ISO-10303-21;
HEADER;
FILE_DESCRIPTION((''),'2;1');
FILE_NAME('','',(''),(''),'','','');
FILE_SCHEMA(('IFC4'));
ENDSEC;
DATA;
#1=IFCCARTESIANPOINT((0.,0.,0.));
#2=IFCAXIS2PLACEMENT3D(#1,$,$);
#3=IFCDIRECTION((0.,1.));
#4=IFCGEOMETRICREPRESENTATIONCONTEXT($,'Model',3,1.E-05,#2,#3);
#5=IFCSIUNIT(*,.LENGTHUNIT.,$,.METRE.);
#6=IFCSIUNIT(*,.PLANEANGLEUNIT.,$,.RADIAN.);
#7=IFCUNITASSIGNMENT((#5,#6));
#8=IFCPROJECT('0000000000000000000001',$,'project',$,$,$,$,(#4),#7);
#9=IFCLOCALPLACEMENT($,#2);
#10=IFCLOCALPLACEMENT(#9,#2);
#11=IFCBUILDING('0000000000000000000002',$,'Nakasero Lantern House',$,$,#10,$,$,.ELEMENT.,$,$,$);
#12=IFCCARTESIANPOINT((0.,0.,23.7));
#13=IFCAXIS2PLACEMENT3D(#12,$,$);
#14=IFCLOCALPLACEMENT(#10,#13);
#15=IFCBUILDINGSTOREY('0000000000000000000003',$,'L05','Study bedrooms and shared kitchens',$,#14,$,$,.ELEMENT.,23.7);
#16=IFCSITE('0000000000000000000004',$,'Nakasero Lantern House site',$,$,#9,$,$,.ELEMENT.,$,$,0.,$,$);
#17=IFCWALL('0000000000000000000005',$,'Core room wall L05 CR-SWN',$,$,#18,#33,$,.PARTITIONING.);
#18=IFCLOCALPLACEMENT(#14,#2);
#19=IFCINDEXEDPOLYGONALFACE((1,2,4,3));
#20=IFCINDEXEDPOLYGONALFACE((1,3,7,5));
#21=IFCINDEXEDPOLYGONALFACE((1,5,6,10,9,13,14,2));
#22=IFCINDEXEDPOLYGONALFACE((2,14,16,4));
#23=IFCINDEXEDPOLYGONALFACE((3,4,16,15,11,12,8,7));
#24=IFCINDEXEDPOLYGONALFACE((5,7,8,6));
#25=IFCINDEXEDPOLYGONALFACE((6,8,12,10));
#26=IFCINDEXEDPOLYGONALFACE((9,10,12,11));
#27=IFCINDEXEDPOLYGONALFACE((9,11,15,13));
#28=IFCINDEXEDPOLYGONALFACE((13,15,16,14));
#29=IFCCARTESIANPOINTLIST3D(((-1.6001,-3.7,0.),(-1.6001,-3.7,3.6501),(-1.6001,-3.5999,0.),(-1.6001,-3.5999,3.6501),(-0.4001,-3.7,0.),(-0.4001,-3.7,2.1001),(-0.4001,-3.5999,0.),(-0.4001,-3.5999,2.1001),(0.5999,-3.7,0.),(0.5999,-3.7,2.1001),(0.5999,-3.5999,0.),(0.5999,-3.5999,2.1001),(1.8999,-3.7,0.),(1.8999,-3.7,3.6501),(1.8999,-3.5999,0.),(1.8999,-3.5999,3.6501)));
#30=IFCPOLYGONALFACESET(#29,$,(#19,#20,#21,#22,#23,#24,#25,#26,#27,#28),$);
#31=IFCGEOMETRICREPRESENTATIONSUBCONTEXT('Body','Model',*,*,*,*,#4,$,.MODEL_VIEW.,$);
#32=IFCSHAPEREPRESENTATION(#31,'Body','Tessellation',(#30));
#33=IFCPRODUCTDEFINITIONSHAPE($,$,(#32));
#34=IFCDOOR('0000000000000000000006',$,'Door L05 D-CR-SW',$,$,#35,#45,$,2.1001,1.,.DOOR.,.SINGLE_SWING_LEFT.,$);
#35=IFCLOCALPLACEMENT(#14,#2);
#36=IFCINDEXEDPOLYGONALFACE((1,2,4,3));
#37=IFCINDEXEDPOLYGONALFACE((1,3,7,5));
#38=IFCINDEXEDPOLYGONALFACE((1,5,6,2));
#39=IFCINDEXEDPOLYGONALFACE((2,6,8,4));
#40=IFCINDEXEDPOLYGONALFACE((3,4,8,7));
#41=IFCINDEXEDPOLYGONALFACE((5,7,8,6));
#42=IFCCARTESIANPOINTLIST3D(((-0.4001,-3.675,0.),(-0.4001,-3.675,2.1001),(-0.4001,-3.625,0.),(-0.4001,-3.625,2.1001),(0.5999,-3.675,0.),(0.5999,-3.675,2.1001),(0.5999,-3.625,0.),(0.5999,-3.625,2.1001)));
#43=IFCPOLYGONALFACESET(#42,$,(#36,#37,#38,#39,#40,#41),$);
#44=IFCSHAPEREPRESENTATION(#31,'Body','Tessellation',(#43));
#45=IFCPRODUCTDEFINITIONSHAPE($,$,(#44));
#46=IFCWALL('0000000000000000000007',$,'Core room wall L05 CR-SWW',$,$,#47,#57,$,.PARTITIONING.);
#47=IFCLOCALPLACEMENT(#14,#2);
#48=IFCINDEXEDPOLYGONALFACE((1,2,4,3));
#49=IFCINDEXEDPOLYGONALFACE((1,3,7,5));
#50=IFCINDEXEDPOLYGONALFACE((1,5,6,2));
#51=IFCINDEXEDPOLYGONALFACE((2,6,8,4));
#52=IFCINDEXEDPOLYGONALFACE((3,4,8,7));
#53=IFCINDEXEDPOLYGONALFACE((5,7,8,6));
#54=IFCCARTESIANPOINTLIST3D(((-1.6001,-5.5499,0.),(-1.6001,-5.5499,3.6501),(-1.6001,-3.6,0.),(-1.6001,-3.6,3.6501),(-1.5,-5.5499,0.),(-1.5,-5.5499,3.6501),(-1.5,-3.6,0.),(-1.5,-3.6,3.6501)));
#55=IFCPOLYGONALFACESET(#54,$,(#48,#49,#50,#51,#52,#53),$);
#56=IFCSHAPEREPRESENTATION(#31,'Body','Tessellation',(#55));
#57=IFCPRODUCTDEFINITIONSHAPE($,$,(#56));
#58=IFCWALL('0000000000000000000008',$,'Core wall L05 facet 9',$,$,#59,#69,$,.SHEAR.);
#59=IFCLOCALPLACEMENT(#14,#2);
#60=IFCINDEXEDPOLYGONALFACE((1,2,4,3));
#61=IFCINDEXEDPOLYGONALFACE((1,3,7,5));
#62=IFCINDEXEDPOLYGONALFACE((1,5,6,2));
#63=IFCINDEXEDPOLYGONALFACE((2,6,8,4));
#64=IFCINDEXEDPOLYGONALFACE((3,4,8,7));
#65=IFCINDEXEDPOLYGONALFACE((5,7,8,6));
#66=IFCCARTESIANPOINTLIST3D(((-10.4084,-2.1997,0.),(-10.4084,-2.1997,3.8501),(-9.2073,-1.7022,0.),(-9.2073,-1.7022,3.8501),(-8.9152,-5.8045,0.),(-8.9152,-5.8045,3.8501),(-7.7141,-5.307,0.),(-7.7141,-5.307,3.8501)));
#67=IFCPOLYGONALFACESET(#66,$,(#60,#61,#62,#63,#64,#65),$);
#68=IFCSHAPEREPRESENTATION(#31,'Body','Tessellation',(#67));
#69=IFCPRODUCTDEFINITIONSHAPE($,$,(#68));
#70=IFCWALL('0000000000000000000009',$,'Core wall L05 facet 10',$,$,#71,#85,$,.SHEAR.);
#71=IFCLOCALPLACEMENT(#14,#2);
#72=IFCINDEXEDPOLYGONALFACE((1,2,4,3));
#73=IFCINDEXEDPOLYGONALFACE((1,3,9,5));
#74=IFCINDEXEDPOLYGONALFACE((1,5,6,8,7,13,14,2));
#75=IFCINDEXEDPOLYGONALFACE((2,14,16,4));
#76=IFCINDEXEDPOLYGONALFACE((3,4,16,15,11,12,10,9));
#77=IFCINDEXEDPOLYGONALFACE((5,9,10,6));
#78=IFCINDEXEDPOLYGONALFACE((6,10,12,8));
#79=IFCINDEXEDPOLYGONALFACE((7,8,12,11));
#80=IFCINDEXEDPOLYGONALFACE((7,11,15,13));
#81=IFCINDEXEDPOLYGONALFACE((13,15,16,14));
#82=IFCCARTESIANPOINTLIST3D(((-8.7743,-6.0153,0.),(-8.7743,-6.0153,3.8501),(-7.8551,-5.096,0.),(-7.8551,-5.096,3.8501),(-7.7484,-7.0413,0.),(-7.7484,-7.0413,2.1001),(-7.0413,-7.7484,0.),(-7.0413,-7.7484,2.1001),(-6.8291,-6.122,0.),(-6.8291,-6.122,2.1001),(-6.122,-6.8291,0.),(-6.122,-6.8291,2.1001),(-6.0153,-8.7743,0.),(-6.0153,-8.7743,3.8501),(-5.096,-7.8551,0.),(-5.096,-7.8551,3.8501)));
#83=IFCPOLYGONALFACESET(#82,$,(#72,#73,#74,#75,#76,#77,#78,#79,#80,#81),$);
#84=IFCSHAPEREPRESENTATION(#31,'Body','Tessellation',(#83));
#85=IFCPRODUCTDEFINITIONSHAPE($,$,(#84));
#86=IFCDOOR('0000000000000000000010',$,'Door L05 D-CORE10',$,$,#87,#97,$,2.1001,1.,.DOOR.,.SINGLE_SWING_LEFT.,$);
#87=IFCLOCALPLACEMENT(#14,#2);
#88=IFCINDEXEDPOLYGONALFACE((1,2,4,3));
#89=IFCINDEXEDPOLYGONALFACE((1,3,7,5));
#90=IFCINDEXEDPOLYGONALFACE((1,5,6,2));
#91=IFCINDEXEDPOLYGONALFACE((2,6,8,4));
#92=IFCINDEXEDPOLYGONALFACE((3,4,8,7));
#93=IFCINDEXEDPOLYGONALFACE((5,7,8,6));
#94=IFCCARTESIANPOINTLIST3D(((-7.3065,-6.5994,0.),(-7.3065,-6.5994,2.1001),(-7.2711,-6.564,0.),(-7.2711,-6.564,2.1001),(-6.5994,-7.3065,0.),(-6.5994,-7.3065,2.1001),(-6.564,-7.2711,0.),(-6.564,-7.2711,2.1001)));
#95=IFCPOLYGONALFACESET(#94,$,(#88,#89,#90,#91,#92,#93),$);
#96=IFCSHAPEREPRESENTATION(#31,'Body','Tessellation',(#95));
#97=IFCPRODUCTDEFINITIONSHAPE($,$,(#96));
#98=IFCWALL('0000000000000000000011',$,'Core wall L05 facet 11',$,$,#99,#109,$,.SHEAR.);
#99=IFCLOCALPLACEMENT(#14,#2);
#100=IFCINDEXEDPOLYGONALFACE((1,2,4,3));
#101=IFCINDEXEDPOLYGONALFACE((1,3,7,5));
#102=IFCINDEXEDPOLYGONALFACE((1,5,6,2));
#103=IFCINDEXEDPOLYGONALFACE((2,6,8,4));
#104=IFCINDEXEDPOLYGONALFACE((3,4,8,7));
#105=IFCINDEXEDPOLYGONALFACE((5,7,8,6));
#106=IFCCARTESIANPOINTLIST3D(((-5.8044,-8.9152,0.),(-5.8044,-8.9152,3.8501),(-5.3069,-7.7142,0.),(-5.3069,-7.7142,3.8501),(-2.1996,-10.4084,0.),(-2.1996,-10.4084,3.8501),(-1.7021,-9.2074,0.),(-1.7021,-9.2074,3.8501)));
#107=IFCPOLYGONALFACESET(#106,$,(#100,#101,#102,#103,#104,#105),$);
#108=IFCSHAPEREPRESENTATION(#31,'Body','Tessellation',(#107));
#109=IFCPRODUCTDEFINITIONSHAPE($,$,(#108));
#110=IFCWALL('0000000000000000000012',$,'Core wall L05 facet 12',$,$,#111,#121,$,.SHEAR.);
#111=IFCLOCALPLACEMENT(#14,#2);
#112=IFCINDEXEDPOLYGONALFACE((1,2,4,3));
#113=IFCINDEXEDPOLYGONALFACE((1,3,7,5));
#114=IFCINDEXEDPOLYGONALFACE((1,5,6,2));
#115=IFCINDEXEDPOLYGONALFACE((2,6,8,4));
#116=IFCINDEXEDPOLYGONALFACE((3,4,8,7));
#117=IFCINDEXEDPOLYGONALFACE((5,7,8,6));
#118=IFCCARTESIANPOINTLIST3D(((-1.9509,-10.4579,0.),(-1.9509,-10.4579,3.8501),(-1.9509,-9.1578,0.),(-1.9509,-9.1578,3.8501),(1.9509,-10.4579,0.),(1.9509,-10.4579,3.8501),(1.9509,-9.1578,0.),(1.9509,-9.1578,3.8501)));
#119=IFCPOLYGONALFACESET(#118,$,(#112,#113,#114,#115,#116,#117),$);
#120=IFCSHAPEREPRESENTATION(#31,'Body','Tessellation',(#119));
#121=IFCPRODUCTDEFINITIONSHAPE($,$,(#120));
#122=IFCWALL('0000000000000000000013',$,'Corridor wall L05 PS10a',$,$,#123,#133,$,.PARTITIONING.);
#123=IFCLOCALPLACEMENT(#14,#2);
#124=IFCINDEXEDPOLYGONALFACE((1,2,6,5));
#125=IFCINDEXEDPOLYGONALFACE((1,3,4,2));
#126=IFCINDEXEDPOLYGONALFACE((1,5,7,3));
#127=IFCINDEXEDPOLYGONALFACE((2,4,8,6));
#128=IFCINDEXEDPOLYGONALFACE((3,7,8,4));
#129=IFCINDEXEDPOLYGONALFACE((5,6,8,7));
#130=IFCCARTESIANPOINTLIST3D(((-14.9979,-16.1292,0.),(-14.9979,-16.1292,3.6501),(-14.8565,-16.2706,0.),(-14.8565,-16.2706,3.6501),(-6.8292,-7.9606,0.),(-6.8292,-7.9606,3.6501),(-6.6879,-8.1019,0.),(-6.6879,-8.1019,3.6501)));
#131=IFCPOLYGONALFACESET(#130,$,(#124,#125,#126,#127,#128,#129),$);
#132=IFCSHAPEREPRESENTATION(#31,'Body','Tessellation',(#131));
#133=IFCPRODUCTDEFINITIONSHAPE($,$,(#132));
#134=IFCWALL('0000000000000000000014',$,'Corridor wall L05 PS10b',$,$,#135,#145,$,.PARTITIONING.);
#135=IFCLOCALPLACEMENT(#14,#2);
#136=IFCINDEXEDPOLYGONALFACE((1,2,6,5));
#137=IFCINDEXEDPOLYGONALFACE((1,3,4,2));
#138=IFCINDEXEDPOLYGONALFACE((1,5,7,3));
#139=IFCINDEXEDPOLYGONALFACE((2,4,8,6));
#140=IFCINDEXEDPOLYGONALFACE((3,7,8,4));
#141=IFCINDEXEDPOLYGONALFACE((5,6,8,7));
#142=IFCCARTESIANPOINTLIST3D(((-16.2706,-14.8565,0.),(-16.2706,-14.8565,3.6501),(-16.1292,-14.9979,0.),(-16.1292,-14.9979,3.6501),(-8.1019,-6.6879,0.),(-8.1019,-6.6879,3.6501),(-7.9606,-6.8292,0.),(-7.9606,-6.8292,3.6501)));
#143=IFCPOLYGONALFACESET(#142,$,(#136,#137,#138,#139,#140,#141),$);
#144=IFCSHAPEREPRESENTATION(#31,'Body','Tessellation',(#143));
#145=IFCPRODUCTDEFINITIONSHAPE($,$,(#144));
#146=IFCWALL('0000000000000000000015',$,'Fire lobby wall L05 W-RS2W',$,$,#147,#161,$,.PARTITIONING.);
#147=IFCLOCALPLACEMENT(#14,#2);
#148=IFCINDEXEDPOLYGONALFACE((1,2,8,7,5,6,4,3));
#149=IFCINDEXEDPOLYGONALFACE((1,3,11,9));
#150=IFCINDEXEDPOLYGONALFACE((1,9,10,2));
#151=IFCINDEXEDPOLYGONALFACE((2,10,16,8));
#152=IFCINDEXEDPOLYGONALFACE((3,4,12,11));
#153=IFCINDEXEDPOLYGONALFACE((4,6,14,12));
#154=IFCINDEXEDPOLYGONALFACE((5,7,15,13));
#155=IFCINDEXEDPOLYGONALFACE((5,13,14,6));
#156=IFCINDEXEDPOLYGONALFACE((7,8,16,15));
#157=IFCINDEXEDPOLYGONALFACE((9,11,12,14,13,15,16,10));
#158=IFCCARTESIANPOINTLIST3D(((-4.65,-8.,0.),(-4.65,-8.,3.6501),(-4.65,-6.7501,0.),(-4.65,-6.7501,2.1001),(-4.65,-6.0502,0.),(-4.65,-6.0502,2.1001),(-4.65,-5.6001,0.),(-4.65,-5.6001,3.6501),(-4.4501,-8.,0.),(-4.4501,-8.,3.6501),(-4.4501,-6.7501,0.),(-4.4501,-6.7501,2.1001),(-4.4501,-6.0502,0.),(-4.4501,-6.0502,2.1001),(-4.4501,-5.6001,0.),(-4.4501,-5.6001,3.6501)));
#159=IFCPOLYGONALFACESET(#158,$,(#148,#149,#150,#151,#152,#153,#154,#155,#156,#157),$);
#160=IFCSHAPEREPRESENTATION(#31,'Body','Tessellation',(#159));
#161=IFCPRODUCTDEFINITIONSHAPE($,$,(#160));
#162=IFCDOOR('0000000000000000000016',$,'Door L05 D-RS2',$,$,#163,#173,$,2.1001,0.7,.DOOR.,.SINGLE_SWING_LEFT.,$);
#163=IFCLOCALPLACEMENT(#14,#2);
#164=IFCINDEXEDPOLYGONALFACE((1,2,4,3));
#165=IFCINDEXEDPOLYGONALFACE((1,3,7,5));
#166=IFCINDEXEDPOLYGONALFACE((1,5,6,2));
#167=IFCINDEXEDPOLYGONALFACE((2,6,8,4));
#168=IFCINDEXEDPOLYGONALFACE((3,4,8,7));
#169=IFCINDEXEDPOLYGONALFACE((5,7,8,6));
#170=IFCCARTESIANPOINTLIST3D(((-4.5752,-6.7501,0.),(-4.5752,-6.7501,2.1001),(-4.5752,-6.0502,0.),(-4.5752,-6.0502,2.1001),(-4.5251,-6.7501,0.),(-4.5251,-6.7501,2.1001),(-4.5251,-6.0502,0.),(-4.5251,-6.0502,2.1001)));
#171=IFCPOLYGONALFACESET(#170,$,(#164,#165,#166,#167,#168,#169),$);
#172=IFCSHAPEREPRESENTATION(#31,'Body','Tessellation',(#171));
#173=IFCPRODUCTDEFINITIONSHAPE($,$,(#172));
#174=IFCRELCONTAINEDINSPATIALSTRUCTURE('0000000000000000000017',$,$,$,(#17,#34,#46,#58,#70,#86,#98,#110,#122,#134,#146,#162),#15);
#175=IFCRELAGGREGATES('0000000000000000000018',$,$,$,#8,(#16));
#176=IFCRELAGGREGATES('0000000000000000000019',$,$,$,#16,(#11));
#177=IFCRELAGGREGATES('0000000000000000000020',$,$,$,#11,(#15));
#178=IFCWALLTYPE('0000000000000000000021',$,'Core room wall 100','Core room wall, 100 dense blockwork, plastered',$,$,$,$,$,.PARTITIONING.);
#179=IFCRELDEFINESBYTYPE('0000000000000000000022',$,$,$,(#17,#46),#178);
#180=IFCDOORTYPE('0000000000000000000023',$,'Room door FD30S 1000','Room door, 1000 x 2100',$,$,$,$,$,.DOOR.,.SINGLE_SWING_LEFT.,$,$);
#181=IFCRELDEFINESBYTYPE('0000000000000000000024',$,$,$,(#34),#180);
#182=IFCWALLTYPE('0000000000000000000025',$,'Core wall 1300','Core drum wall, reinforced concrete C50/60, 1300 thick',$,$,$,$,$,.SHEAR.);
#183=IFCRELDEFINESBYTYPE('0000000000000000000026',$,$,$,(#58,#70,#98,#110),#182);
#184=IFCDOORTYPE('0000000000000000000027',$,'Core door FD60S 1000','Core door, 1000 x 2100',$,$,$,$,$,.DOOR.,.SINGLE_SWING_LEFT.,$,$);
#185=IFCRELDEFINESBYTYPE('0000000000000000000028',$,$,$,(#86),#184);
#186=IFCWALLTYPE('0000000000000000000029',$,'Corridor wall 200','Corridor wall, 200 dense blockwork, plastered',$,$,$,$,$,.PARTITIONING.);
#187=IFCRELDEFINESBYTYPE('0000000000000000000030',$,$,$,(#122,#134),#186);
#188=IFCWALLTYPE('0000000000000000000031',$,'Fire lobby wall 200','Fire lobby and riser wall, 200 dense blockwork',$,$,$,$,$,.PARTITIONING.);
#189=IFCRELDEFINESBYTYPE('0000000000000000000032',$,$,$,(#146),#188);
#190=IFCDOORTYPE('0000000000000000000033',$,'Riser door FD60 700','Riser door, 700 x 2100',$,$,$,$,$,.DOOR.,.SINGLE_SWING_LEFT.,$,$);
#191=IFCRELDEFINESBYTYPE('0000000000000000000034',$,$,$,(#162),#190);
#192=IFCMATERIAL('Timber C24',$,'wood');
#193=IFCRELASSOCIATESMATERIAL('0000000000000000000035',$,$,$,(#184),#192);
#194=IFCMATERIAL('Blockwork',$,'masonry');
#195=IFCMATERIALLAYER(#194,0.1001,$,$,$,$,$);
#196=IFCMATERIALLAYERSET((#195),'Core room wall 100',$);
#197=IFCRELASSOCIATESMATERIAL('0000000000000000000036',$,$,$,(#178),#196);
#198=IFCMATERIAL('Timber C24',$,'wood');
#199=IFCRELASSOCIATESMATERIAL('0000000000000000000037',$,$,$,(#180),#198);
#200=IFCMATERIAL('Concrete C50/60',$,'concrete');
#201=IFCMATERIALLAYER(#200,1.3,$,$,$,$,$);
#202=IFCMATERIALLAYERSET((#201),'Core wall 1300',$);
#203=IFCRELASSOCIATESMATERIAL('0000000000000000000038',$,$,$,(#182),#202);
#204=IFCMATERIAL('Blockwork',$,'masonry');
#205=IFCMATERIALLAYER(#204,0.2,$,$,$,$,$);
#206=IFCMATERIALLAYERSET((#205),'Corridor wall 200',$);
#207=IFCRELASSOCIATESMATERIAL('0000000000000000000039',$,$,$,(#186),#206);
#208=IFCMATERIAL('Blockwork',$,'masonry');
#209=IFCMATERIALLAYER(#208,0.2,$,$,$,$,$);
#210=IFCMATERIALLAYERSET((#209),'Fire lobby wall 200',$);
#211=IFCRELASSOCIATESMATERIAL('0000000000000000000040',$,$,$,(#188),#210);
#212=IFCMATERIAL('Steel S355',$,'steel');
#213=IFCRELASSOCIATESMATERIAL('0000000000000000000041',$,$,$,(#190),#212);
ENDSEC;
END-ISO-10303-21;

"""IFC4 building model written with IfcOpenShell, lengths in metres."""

from ifc_helpers import new_model, si_unit, direction, frame, frame_2d, origin, place, context, subcontext, project, spatial, rectangle, extrude, material, layer, layer_set, type_object, element, fill, save


model = new_model("IFC4")

# Units and contexts
model_context = context("Model", 3, precision=1e-05, world=origin(), true_north=direction((0.0, 1.0)))
body_context = subcontext(model_context, "Body", "Model", "MODEL_VIEW")
ifc_project = project(units=[si_unit("LENGTHUNIT", "METRE"), si_unit("PLANEANGLEUNIT", "RADIAN")], contexts=[model_context])

# Site, building, storey
site_placement = place(None, origin())
site = spatial("IfcSite", under=ifc_project, at=site_placement, Name="Nakasero Lantern House site", CompositionType="ELEMENT", RefElevation=0.0)
building_placement = place(site_placement, origin())
building = spatial("IfcBuilding", under=site, at=building_placement, Name="Nakasero Lantern House", CompositionType="ELEMENT")
storey_placement = place(building_placement, frame((0.0, 0.0, 23.7)))
storey = spatial("IfcBuildingStorey", under=building, at=storey_placement, Name="L05", Description="Study bedrooms and shared kitchens", CompositionType="ELEMENT", Elevation=23.7)

# Shared definitions
ifc_material_1 = material(Name="Timber C24", Category="wood")
door_type_1 = type_object("IfcDoorType", Name="Core door FD60S 1000", Description="Core door, 1000 x 2100", OperationType="SINGLE_SWING_LEFT", PredefinedType="DOOR", material=ifc_material_1)

# Wall, opening, door
ifc_material_2 = material(Name="Blockwork", Category="masonry")
ifc_layer_1 = layer(ifc_material_2, 0.1001)
ifc_layer_set_1 = layer_set([ifc_layer_1], Name="Core room wall 100")
wall_type_1 = type_object("IfcWallType", Name="Core room wall 100", Description="Core room wall, 100 dense blockwork, plastered", PredefinedType="PARTITIONING", material=ifc_layer_set_1)
wall_1_placement = place(storey_placement, frame((-1.6001, -3.6499, 0.0), z_axis=(0.0, 0.0, 1.0), x_axis=(1.0, 0.0, 0.0)))
wall_1 = element("IfcWall", 1, at=wall_1_placement, inside=storey, type_object=wall_type_1, Name="Core room wall L05 CR-SWN", PredefinedType="PARTITIONING", context=body_context, shape_type="SweptSolid", body=[
    extrude(rectangle(XDim=3.5, YDim=0.1001, at=frame_2d((1.75, 0.0))), origin(), (0.0, 0.0, 1.0), 3.6501),
])
opening_1_placement = place(wall_1_placement, frame((1.2, 0.0, 0.0)))
opening_1 = element("IfcOpeningElement", 2, at=opening_1_placement, cuts=wall_1, PredefinedType="OPENING", context=body_context, shape_type="SweptSolid", body=[
    extrude(rectangle(XDim=1.0, YDim=2.1001, at=frame_2d((0.5, 1.05))), frame((0.0, 0.0701, 0.0), z_axis=(0.0, -1.0, 0.0), x_axis=(1.0, 0.0, 0.0)), (0.0, 0.0, 1.0), 0.1401),
])
ifc_material_3 = material(Name="Timber C24", Category="wood")
door_type_2 = type_object("IfcDoorType", Name="Room door FD30S 1000", Description="Room door, 1000 x 2100", OperationType="SINGLE_SWING_LEFT", PredefinedType="DOOR", material=ifc_material_3)
door_1_placement = place(opening_1_placement, origin())
door_1 = element("IfcDoor", 3, at=door_1_placement, inside=storey, type_object=door_type_2, Name="Door L05 D-CR-SW", OperationType="SINGLE_SWING_LEFT", OverallHeight=2.1001, OverallWidth=1.0, PredefinedType="DOOR", context=body_context, shape_type="SweptSolid", body=[
    extrude(rectangle(XDim=1.0, YDim=2.1001, at=frame_2d((0.5, 1.05))), frame((0.0, 0.0249, 0.0), z_axis=(0.0, -1.0, 0.0), x_axis=(1.0, 0.0, 0.0)), (0.0, 0.0, 1.0), 0.05),
])
fill(opening_1, door_1)

# Walls
wall_2_placement = place(storey_placement, frame((-1.55, -5.55, 0.0), z_axis=(0.0, 0.0, 1.0), x_axis=(0.0, 1.0, 0.0)))
element("IfcWall", 4, at=wall_2_placement, inside=storey, type_object=wall_type_1, Name="Core room wall L05 CR-SWW", PredefinedType="PARTITIONING", context=body_context, shape_type="SweptSolid", body=[
    extrude(rectangle(XDim=1.95, YDim=0.1001, at=frame_2d((0.9751, 0.0))), origin(), (0.0, 0.0, 1.0), 3.6501),
])
ifc_material_4 = material(Name="Concrete C50/60", Category="concrete")
ifc_layer_2 = layer(ifc_material_4, 1.3)
ifc_layer_set_2 = layer_set([ifc_layer_2], Name="Core wall 1300")
wall_type_2 = type_object("IfcWallType", Name="Core wall 1300", Description="Core drum wall, reinforced concrete C50/60, 1300 thick", PredefinedType="SHEAR", material=ifc_layer_set_2)
wall_3_placement = place(storey_placement, frame((-9.8079, -1.9509, 0.0), z_axis=(0.0, 0.0, 1.0), x_axis=(0.382691, -0.923877, 0.0)))
element("IfcWall", 5, at=wall_3_placement, inside=storey, type_object=wall_type_2, Name="Core wall L05 facet 9", PredefinedType="SHEAR", context=body_context, shape_type="SweptSolid", body=[
    extrude(rectangle(XDim=3.9019, YDim=1.3, at=frame_2d((1.9509, 0.0))), origin(), (0.0, 0.0, 1.0), 3.8501),
])

# Wall, opening, door
wall_4_placement = place(storey_placement, frame((-8.3147, -5.5557, 0.0), z_axis=(0.0, 0.0, 1.0), x_axis=(0.707107, -0.707107, 0.0)))
wall_4 = element("IfcWall", 6, at=wall_4_placement, inside=storey, type_object=wall_type_2, Name="Core wall L05 facet 10", PredefinedType="SHEAR", context=body_context, shape_type="SweptSolid", body=[
    extrude(rectangle(XDim=3.9019, YDim=1.3, at=frame_2d((1.9509, 0.0))), origin(), (0.0, 0.0, 1.0), 3.8501),
])
opening_2_placement = place(wall_4_placement, frame((1.4509, 0.0, 0.0)))
opening_2 = element("IfcOpeningElement", 7, at=opening_2_placement, cuts=wall_4, PredefinedType="OPENING", context=body_context, shape_type="SweptSolid", body=[
    extrude(rectangle(XDim=1.0, YDim=2.1001, at=frame_2d((0.5, 1.05))), frame((0.0, 0.6699, 0.0), z_axis=(0.0, -1.0, 0.0), x_axis=(1.0, 0.0, 0.0)), (0.0, 0.0, 1.0), 1.3401),
])
door_2_placement = place(opening_2_placement, origin())
door_2 = element("IfcDoor", 8, at=door_2_placement, inside=storey, type_object=door_type_1, Name="Door L05 D-CORE10", OperationType="SINGLE_SWING_LEFT", OverallHeight=2.1001, OverallWidth=1.0, PredefinedType="DOOR", context=body_context, shape_type="SweptSolid", body=[
    extrude(rectangle(XDim=1.0, YDim=2.1001, at=frame_2d((0.5, 1.05))), frame((0.0, 0.0249, 0.0), z_axis=(0.0, -1.0, 0.0), x_axis=(1.0, 0.0, 0.0)), (0.0, 0.0, 1.0), 0.05),
])
fill(opening_2, door_2)

# Walls
for number, where, z_axis, x_axis, name in (
    (9, (-5.5557, -8.3147, 0.0), (0.0, 0.0, 1.0), (0.923877, -0.382691, 0.0), "Core wall L05 facet 11"),
    (10, (-1.9509, -9.8079, 0.0), (0.0, 0.0, 1.0), (1.0, 0.0, 0.0), "Core wall L05 facet 12"),
):
    element("IfcWall", number, at=place(storey_placement, frame(where, z_axis=z_axis, x_axis=x_axis)), inside=storey, type_object=wall_type_2, Name=name, PredefinedType="SHEAR", context=body_context, shape_type="SweptSolid", body=[
        extrude(rectangle(XDim=3.9019, YDim=1.3, at=frame_2d((1.9509, 0.0))), origin(), (0.0, 0.0, 1.0), 3.8501),
    ])
ifc_material_5 = material(Name="Blockwork", Category="masonry")
ifc_layer_3 = layer(ifc_material_5, 0.2)
ifc_layer_set_3 = layer_set([ifc_layer_3], Name="Corridor wall 200")
wall_type_3 = type_object("IfcWallType", Name="Corridor wall 200", Description="Corridor wall, 200 dense blockwork, plastered", PredefinedType="PARTITIONING", material=ifc_layer_set_3)
for number, where, z_axis, x_axis, name in (
    (11, (-6.7585, -8.0312, 0.0), (0.0, 0.0, 1.0), (-0.707107, -0.707107, 0.0), "Corridor wall L05 PS10a"),
    (12, (-8.0312, -6.7585, 0.0), (0.0, 0.0, 1.0), (-0.707107, -0.707107, 0.0), "Corridor wall L05 PS10b"),
):
    element("IfcWall", number, at=place(storey_placement, frame(where, z_axis=z_axis, x_axis=x_axis)), inside=storey, type_object=wall_type_3, Name=name, PredefinedType="PARTITIONING", context=body_context, shape_type="SweptSolid", body=[
        extrude(rectangle(XDim=11.5522, YDim=0.2, at=frame_2d((5.7761, 0.0))), origin(), (0.0, 0.0, 1.0), 3.6501),
    ])

# Wall, opening, door
ifc_material_6 = material(Name="Blockwork", Category="masonry")
ifc_layer_4 = layer(ifc_material_6, 0.2)
ifc_layer_set_4 = layer_set([ifc_layer_4], Name="Fire lobby wall 200")
wall_type_4 = type_object("IfcWallType", Name="Fire lobby wall 200", Description="Fire lobby and riser wall, 200 dense blockwork", PredefinedType="PARTITIONING", material=ifc_layer_set_4)
wall_5_placement = place(storey_placement, frame((-4.55, -5.6001, 0.0), z_axis=(0.0, 0.0, 1.0), x_axis=(0.0, -1.0, 0.0)))
wall_5 = element("IfcWall", 13, at=wall_5_placement, inside=storey, type_object=wall_type_4, Name="Fire lobby wall L05 W-RS2W", PredefinedType="PARTITIONING", context=body_context, shape_type="SweptSolid", body=[
    extrude(rectangle(XDim=2.3999, YDim=0.2, at=frame_2d((1.2, 0.0))), origin(), (0.0, 0.0, 1.0), 3.6501),
])
opening_3_placement = place(wall_5_placement, frame((0.45, 0.0, 0.0)))
opening_3 = element("IfcOpeningElement", 14, at=opening_3_placement, cuts=wall_5, PredefinedType="OPENING", context=body_context, shape_type="SweptSolid", body=[
    extrude(rectangle(XDim=0.7, YDim=2.1001, at=frame_2d((0.3501, 1.05))), frame((0.0, 0.1199, 0.0), z_axis=(0.0, -1.0, 0.0), x_axis=(1.0, 0.0, 0.0)), (0.0, 0.0, 1.0), 0.24),
])
ifc_material_7 = material(Name="Steel S355", Category="steel")
door_type_3 = type_object("IfcDoorType", Name="Riser door FD60 700", Description="Riser door, 700 x 2100", OperationType="SINGLE_SWING_LEFT", PredefinedType="DOOR", material=ifc_material_7)
door_3_placement = place(opening_3_placement, origin())
door_3 = element("IfcDoor", 15, at=door_3_placement, inside=storey, type_object=door_type_3, Name="Door L05 D-RS2", OperationType="SINGLE_SWING_LEFT", OverallHeight=2.1001, OverallWidth=0.7, PredefinedType="DOOR", context=body_context, shape_type="SweptSolid", body=[
    extrude(rectangle(XDim=0.7, YDim=2.1001, at=frame_2d((0.3501, 1.05))), frame((0.0, 0.0249, 0.0), z_axis=(0.0, -1.0, 0.0), x_axis=(1.0, 0.0, 0.0)), (0.0, 0.0, 1.0), 0.05),
])
fill(opening_3, door_3)

save(model, "model.ifc")
